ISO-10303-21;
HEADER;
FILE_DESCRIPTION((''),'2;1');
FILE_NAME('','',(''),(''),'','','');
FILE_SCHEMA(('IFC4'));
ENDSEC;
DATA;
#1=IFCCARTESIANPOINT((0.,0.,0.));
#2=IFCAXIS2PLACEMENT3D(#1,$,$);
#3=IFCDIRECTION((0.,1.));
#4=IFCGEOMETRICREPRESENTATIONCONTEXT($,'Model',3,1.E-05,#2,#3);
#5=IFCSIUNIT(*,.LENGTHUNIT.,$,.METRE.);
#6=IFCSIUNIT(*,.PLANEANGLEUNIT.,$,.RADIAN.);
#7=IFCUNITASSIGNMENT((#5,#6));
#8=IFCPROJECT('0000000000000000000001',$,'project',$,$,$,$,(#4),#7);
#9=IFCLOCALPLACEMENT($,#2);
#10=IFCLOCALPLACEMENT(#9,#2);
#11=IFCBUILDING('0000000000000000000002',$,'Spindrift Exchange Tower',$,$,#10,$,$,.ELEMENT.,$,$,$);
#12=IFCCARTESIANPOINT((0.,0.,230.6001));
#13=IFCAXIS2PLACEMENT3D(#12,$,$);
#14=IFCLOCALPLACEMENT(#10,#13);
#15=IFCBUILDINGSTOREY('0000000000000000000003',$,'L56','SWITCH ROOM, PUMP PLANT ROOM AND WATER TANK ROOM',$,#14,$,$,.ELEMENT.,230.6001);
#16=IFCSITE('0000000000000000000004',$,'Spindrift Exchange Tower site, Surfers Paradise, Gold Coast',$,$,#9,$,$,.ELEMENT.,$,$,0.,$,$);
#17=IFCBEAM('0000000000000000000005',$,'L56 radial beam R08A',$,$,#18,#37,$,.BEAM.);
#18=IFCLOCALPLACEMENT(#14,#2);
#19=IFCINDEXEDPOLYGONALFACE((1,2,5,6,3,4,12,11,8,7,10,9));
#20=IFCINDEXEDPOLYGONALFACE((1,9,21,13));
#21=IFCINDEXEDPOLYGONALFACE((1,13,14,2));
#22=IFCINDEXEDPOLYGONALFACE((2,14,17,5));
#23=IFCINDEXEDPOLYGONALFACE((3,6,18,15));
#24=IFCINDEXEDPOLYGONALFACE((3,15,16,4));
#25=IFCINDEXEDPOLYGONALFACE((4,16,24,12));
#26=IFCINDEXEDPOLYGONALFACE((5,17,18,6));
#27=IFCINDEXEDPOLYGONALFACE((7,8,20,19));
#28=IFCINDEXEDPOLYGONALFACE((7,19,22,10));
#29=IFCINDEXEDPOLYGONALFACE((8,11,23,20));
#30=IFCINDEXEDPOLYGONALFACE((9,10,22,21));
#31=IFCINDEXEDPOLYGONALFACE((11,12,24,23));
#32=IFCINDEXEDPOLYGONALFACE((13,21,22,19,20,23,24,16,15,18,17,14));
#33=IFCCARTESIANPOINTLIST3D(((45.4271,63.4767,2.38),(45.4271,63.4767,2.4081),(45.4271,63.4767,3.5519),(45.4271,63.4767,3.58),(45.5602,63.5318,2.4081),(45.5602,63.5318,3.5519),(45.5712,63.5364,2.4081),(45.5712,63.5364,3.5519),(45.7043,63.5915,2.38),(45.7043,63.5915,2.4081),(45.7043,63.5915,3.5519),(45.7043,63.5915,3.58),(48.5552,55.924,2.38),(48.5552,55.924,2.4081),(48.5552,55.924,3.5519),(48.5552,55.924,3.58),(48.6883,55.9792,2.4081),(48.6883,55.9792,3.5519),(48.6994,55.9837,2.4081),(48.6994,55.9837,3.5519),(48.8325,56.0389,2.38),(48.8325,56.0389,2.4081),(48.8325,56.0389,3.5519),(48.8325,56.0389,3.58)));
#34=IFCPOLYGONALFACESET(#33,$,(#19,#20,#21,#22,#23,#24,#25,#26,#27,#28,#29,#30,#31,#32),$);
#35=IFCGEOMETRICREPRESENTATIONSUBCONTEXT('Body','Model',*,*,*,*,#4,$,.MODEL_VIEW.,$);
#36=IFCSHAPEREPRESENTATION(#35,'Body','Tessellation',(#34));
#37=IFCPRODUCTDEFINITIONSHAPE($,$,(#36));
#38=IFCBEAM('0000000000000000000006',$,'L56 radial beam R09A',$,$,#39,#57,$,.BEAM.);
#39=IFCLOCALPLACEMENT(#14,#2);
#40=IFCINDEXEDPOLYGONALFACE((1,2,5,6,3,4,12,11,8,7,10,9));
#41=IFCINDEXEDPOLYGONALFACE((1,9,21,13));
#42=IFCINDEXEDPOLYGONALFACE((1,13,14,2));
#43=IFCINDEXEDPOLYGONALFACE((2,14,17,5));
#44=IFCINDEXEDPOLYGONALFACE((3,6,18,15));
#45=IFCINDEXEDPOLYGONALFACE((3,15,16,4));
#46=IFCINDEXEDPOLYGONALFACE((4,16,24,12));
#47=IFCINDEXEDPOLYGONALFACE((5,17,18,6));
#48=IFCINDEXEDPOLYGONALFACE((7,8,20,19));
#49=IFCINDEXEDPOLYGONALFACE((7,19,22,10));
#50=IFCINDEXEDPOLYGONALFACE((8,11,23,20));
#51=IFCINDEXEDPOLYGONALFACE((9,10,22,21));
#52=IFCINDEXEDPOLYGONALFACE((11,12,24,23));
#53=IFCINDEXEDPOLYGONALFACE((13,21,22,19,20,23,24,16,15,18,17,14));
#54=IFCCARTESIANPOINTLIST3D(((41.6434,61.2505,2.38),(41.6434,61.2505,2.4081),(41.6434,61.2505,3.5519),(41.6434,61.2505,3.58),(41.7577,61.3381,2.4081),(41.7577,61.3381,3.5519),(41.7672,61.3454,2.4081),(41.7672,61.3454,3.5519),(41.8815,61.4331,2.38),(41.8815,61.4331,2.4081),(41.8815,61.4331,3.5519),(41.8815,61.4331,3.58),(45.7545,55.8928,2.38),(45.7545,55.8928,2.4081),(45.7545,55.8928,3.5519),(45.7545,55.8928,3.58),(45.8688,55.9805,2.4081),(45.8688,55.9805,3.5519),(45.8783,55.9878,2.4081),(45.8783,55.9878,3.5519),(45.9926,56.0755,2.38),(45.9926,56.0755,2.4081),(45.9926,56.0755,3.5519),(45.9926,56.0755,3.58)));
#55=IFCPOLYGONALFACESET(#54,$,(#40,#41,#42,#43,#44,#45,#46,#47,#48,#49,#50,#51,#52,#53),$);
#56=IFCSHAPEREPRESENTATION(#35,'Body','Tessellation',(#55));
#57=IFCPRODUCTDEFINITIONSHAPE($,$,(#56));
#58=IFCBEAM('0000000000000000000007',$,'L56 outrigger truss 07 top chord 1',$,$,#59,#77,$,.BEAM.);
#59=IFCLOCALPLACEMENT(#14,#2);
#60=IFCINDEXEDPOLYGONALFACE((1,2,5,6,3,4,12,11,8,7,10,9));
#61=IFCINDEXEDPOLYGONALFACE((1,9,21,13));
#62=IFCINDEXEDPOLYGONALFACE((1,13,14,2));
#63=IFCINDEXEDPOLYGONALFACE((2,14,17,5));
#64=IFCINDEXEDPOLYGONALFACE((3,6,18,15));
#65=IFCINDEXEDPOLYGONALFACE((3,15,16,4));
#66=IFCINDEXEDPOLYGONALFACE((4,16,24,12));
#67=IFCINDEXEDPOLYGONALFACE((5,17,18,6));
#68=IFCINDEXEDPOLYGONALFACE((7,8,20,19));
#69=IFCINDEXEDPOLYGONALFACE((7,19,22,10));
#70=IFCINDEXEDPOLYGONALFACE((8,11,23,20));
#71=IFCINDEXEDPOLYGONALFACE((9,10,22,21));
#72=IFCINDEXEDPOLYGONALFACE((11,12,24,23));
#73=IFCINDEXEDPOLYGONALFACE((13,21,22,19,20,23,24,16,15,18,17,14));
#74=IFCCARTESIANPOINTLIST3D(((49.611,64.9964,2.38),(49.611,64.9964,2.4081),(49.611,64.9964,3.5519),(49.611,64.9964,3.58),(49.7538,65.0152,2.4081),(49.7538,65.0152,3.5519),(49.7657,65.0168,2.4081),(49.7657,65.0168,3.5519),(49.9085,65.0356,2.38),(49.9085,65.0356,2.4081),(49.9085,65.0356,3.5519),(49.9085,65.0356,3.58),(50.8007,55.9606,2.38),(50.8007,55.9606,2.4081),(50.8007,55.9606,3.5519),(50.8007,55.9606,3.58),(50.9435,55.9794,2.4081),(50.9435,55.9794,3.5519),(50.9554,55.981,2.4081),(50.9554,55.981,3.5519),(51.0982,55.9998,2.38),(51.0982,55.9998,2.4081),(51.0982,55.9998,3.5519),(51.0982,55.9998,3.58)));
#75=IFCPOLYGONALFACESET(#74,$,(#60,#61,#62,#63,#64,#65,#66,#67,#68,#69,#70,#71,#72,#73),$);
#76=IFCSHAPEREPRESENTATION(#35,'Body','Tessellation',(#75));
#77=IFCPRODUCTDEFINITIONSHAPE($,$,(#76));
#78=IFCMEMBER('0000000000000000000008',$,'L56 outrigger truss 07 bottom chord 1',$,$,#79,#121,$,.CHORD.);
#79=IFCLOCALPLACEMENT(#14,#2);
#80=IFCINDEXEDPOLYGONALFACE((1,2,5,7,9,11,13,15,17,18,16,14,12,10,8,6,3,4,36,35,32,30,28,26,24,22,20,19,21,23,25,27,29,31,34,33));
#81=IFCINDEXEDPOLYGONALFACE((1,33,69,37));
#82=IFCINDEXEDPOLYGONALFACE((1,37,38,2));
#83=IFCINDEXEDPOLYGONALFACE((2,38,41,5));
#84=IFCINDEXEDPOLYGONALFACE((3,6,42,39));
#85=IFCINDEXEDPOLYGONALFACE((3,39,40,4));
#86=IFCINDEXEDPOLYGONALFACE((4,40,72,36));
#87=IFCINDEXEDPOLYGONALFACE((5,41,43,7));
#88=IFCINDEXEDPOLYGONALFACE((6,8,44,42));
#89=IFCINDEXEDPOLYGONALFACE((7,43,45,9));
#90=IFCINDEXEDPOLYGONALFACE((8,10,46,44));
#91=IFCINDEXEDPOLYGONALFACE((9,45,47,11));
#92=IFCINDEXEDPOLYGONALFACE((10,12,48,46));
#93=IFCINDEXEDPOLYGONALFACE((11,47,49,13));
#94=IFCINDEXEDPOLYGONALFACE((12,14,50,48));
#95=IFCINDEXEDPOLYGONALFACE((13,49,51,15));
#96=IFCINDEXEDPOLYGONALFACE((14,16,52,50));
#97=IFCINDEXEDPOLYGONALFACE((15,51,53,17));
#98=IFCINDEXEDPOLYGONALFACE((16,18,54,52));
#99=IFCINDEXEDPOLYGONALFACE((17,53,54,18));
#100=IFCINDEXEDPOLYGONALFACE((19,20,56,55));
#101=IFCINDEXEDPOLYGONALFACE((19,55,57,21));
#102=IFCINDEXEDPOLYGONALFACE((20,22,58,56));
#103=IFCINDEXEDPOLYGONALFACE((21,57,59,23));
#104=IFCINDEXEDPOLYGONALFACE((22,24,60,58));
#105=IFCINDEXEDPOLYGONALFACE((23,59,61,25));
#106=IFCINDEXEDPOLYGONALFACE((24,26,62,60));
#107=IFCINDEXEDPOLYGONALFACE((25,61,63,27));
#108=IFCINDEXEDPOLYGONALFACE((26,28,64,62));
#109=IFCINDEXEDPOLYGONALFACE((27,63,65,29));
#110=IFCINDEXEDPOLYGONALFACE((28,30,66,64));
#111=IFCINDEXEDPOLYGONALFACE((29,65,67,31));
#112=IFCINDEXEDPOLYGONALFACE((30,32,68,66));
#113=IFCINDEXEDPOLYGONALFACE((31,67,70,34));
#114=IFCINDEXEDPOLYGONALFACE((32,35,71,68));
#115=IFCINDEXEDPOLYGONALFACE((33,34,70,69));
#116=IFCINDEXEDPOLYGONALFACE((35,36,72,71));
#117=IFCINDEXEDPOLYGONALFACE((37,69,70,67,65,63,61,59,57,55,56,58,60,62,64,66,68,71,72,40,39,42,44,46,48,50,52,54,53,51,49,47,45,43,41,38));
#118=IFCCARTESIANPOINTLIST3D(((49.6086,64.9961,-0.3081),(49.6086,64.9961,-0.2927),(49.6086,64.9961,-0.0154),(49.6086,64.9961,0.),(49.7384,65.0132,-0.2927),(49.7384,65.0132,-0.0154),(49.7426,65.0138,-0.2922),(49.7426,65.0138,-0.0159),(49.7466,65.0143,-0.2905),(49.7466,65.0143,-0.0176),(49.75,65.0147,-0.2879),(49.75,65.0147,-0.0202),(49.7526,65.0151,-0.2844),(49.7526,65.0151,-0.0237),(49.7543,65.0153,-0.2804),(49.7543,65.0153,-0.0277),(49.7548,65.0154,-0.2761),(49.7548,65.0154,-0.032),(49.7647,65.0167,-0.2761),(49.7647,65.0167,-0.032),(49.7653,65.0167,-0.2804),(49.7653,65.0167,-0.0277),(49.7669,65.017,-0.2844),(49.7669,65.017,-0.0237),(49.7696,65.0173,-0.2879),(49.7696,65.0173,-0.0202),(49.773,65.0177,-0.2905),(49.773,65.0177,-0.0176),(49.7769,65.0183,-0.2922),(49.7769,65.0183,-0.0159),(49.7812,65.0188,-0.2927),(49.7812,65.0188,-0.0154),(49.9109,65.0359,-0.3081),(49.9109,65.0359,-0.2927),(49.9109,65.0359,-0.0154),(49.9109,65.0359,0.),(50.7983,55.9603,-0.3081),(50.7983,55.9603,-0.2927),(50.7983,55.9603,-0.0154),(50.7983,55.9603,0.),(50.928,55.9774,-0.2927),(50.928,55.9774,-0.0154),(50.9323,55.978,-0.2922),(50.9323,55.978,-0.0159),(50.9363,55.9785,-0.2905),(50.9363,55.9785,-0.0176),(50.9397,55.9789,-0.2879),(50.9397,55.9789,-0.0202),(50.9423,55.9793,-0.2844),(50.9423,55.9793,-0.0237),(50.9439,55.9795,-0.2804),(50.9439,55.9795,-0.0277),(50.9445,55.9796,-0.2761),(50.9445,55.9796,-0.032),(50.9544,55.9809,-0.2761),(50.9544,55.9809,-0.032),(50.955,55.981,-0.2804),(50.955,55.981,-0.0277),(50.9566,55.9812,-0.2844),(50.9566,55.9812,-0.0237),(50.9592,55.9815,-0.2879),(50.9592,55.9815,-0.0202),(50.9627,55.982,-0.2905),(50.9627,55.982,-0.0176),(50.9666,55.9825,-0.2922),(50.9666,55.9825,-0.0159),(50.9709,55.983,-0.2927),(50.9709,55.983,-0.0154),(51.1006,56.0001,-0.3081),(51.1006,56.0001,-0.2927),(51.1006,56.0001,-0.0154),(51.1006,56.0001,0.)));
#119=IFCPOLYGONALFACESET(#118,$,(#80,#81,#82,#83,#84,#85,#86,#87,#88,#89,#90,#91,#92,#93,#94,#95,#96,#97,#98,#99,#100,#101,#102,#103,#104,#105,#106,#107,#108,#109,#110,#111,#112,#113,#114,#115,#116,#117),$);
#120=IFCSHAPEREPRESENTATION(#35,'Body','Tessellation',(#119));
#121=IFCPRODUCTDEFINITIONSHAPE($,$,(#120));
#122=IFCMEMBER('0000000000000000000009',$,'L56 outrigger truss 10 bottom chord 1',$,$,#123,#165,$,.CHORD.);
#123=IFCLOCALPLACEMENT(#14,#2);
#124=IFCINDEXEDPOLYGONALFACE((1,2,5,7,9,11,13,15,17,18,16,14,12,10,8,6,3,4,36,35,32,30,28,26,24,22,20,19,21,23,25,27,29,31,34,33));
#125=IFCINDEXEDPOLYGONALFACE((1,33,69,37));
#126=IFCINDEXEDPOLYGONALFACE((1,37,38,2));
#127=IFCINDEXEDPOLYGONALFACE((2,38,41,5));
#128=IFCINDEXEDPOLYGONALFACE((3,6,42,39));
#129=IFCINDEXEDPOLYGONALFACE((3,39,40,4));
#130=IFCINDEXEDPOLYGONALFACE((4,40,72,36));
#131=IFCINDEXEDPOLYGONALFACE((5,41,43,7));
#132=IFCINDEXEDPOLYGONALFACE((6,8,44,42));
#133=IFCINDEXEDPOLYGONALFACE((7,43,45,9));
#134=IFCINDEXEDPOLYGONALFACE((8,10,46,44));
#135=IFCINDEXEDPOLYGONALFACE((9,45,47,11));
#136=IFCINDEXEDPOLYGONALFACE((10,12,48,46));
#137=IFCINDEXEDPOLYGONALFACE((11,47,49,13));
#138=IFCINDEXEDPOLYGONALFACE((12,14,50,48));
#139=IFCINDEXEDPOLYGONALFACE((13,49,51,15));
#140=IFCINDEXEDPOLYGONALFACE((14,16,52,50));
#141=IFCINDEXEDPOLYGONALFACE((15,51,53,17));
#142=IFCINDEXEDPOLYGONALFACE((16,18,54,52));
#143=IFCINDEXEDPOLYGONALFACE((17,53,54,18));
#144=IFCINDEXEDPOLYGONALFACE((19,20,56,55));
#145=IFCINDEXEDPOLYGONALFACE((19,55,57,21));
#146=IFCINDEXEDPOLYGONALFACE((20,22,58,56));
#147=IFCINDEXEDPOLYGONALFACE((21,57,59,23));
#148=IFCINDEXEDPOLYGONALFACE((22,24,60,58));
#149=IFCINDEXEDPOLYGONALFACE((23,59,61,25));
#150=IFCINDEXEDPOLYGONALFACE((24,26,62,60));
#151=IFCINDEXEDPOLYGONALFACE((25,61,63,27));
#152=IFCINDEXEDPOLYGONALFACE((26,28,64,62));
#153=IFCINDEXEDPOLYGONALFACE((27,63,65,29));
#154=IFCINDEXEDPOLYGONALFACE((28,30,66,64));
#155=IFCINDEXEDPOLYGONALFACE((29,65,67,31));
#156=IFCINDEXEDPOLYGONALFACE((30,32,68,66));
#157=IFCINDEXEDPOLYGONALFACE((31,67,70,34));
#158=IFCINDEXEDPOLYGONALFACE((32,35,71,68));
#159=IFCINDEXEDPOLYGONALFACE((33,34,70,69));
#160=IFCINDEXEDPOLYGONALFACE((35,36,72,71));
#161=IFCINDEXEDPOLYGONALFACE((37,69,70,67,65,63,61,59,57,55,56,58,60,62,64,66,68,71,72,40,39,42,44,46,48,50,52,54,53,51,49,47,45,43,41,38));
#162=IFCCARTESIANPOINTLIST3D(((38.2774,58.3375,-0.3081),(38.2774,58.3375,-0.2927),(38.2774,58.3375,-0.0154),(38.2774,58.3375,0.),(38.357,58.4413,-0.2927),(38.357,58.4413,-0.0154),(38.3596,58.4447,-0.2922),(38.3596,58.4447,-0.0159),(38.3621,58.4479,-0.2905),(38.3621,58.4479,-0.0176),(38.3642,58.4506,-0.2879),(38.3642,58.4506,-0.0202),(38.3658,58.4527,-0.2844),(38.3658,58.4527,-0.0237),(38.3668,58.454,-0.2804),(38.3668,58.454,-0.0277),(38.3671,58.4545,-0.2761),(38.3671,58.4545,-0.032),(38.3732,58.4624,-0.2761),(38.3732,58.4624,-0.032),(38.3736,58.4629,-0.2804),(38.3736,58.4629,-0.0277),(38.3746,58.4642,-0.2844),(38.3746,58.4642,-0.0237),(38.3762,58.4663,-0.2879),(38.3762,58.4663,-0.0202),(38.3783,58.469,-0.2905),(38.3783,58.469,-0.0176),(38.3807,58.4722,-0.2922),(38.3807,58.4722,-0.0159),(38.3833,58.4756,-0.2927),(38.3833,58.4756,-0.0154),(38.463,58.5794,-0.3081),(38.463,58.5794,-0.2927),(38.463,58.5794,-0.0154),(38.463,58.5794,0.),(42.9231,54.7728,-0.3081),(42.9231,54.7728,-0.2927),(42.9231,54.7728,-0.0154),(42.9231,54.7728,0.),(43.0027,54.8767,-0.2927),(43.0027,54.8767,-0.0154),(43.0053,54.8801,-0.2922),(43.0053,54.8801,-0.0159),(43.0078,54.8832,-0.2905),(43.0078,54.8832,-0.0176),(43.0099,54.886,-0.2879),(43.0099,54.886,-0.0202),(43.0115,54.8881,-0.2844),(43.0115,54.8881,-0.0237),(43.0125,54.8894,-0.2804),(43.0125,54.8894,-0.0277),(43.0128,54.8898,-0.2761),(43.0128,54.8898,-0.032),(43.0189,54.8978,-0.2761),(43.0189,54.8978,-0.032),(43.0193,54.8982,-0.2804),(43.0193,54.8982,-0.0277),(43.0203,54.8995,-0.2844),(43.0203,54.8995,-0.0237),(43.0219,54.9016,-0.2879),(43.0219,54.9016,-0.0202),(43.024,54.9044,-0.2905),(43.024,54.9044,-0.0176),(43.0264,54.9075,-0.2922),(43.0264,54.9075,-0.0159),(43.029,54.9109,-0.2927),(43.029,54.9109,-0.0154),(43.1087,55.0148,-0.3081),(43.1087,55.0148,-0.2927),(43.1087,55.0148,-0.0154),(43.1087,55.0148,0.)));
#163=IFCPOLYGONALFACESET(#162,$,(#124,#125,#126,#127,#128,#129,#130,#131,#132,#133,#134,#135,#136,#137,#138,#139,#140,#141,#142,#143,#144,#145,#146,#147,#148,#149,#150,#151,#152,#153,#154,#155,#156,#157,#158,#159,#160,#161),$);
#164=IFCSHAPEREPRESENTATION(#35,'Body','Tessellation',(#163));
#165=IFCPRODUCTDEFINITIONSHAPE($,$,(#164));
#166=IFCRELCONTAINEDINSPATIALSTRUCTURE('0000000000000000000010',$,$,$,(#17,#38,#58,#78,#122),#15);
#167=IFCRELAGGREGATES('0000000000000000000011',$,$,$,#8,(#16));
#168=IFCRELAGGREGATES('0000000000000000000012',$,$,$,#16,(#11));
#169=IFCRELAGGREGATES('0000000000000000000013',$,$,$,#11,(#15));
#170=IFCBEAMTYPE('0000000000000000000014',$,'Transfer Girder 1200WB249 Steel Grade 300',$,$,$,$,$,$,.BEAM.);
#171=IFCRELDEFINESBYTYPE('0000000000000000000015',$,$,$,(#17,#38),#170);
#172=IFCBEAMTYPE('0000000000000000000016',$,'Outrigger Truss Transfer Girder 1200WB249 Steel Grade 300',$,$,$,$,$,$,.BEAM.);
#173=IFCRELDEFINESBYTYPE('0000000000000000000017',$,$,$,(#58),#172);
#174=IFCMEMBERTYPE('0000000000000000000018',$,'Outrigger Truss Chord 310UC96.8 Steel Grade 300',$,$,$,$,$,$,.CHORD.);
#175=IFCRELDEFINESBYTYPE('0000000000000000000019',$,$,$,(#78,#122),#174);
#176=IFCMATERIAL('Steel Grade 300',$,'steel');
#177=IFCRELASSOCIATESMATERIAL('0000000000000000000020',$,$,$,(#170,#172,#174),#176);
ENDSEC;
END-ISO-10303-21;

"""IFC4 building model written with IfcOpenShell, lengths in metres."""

from ifc_helpers import new_model, si_unit, direction, frame, origin, origin_2d, place, context, subcontext, project, spatial, i_section, extrude, source, transform, mapped, material, material_profile, profile_set, type_object, element, save


model = new_model("IFC4")

# Units and contexts
model_context = context("Model", 3, precision=1e-05, world=origin(), true_north=direction((0.0, 1.0)))
body_context = subcontext(model_context, "Body", "Model", "MODEL_VIEW")
ifc_project = project(units=[si_unit("LENGTHUNIT", "METRE"), si_unit("PLANEANGLEUNIT", "RADIAN")], contexts=[model_context])

# Site, building, storey
site_placement = place(None, origin())
site = spatial("IfcSite", under=ifc_project, at=site_placement, Name="Spindrift Exchange Tower site, Surfers Paradise, Gold Coast", CompositionType="ELEMENT", RefElevation=0.0)
building_placement = place(site_placement, origin())
building = spatial("IfcBuilding", under=site, at=building_placement, Name="Spindrift Exchange Tower", CompositionType="ELEMENT")
storey_placement = place(building_placement, frame((0.0, 0.0, 230.6001)))
storey = spatial("IfcBuildingStorey", under=building, at=storey_placement, Name="L56", Description="SWITCH ROOM, PUMP PLANT ROOM AND WATER TANK ROOM", CompositionType="ELEMENT", Elevation=230.6001)

# Beams
ifc_material_1 = material(Name="Steel Grade 300", Category="steel")
ifc_material_profile_1 = material_profile(ifc_material_1, i_section(OverallWidth=0.3, OverallDepth=1.2, WebThickness=0.012, FlangeThickness=0.0281, at=origin_2d()), Name="1200WB249")
ifc_profile_set_1 = profile_set([ifc_material_profile_1], Name="Steel Grade 300")
beam_type_1 = type_object("IfcBeamType", Name="Transfer Girder 1200WB249 Steel Grade 300", PredefinedType="BEAM", material=ifc_profile_set_1)
shared_shape_1 = source(origin(), body_context, "Body", "SweptSolid", [
    extrude(i_section(OverallWidth=0.3, OverallDepth=1.2, WebThickness=0.012, FlangeThickness=0.0281, at=origin_2d()), origin(), (0.0, 0.0, 1.0), 8.1748),
])
beam_1_placement = place(storey_placement, frame((48.6938, 55.9814, 2.98), z_axis=(-0.382655, 0.923891, 0.0), x_axis=(-0.923891, -0.382655, 0.0)))
element("IfcBeam", 1, at=beam_1_placement, inside=storey, type_object=beam_type_1, Name="L56 radial beam R08A", PredefinedType="BEAM", context=body_context, shape_type="MappedRepresentation", body=[
    mapped(shared_shape_1, transform((0.0, 0.0, 0.0), scale=1.0)),
])
shared_shape_2 = source(origin(), body_context, "Body", "SweptSolid", [
    extrude(i_section(OverallWidth=0.3, OverallDepth=1.2, WebThickness=0.012, FlangeThickness=0.0281, at=origin_2d()), origin(), (0.0, 0.0, 1.0), 6.7532),
])
beam_2_placement = place(storey_placement, frame((45.8735, 55.9841, 2.98), z_axis=(-0.608762, 0.793353, 0.0), x_axis=(-0.793353, -0.608762, 0.0)))
element("IfcBeam", 2, at=beam_2_placement, inside=storey, type_object=beam_type_1, Name="L56 radial beam R09A", PredefinedType="BEAM", context=body_context, shape_type="MappedRepresentation", body=[
    mapped(shared_shape_2, transform((0.0, 0.0, 0.0), scale=1.0)),
])
ifc_material_profile_2 = material_profile(ifc_material_1, i_section(OverallWidth=0.3, OverallDepth=1.2, WebThickness=0.012, FlangeThickness=0.0281, at=origin_2d()), Name="1200WB249")
ifc_profile_set_2 = profile_set([ifc_material_profile_2], Name="Steel Grade 300")
beam_type_2 = type_object("IfcBeamType", Name="Outrigger Truss Transfer Girder 1200WB249 Steel Grade 300", PredefinedType="BEAM", material=ifc_profile_set_2)
shared_shape_3 = source(origin(), body_context, "Body", "SweptSolid", [
    extrude(i_section(OverallWidth=0.3, OverallDepth=1.2, WebThickness=0.012, FlangeThickness=0.0281, at=origin_2d()), origin(), (0.0, 0.0, 1.0), 9.1138),
])
beam_3_placement = place(storey_placement, frame((50.9495, 55.9802, 2.98), z_axis=(-0.130537, 0.991443, 0.0), x_axis=(-0.991443, -0.130537, 0.0)))
element("IfcBeam", 3, at=beam_3_placement, inside=storey, type_object=beam_type_2, Name="L56 outrigger truss 07 top chord 1", PredefinedType="BEAM", context=body_context, shape_type="MappedRepresentation", body=[
    mapped(shared_shape_3, transform((0.0, 0.0, 0.0), scale=1.0)),
])

# Members
ifc_material_profile_3 = material_profile(ifc_material_1, i_section(OverallWidth=0.3049, OverallDepth=0.3081, WebThickness=0.01, FlangeThickness=0.0154, FilletRadius=0.0166, at=origin_2d()), Name="310UC96.8")
ifc_profile_set_3 = profile_set([ifc_material_profile_3], Name="Steel Grade 300")
member_type = type_object("IfcMemberType", Name="Outrigger Truss Chord 310UC96.8 Steel Grade 300", PredefinedType="CHORD", material=ifc_profile_set_3)
shared_shape_4 = source(origin(), body_context, "Body", "SweptSolid", [
    extrude(i_section(OverallWidth=0.3049, OverallDepth=0.3081, WebThickness=0.01, FlangeThickness=0.0154, FilletRadius=0.0166, at=origin_2d()), origin(), (0.0, 0.0, 1.0), 9.1138),
])
member_1_placement = place(storey_placement, frame((50.9495, 55.9802, -0.1541), z_axis=(-0.130537, 0.991443, 0.0), x_axis=(-0.991443, -0.130537, 0.0)))
element("IfcMember", 4, at=member_1_placement, inside=storey, type_object=member_type, Name="L56 outrigger truss 07 bottom chord 1", PredefinedType="CHORD", context=body_context, shape_type="MappedRepresentation", body=[
    mapped(shared_shape_4, transform((0.0, 0.0, 0.0), scale=1.0)),
])
shared_shape_5 = source(origin(), body_context, "Body", "SweptSolid", [
    extrude(i_section(OverallWidth=0.3049, OverallDepth=0.3081, WebThickness=0.01, FlangeThickness=0.0154, FilletRadius=0.0166, at=origin_2d()), origin(), (0.0, 0.0, 1.0), 5.8557),
])
member_2_placement = place(storey_placement, frame((43.0159, 54.8938, -0.1541), z_axis=(-0.793363, 0.608749, 0.0), x_axis=(-0.608749, -0.793363, 0.0)))
element("IfcMember", 5, at=member_2_placement, inside=storey, type_object=member_type, Name="L56 outrigger truss 10 bottom chord 1", PredefinedType="CHORD", context=body_context, shape_type="MappedRepresentation", body=[
    mapped(shared_shape_5, transform((0.0, 0.0, 0.0), scale=1.0)),
])

save(model, "model.ifc")
